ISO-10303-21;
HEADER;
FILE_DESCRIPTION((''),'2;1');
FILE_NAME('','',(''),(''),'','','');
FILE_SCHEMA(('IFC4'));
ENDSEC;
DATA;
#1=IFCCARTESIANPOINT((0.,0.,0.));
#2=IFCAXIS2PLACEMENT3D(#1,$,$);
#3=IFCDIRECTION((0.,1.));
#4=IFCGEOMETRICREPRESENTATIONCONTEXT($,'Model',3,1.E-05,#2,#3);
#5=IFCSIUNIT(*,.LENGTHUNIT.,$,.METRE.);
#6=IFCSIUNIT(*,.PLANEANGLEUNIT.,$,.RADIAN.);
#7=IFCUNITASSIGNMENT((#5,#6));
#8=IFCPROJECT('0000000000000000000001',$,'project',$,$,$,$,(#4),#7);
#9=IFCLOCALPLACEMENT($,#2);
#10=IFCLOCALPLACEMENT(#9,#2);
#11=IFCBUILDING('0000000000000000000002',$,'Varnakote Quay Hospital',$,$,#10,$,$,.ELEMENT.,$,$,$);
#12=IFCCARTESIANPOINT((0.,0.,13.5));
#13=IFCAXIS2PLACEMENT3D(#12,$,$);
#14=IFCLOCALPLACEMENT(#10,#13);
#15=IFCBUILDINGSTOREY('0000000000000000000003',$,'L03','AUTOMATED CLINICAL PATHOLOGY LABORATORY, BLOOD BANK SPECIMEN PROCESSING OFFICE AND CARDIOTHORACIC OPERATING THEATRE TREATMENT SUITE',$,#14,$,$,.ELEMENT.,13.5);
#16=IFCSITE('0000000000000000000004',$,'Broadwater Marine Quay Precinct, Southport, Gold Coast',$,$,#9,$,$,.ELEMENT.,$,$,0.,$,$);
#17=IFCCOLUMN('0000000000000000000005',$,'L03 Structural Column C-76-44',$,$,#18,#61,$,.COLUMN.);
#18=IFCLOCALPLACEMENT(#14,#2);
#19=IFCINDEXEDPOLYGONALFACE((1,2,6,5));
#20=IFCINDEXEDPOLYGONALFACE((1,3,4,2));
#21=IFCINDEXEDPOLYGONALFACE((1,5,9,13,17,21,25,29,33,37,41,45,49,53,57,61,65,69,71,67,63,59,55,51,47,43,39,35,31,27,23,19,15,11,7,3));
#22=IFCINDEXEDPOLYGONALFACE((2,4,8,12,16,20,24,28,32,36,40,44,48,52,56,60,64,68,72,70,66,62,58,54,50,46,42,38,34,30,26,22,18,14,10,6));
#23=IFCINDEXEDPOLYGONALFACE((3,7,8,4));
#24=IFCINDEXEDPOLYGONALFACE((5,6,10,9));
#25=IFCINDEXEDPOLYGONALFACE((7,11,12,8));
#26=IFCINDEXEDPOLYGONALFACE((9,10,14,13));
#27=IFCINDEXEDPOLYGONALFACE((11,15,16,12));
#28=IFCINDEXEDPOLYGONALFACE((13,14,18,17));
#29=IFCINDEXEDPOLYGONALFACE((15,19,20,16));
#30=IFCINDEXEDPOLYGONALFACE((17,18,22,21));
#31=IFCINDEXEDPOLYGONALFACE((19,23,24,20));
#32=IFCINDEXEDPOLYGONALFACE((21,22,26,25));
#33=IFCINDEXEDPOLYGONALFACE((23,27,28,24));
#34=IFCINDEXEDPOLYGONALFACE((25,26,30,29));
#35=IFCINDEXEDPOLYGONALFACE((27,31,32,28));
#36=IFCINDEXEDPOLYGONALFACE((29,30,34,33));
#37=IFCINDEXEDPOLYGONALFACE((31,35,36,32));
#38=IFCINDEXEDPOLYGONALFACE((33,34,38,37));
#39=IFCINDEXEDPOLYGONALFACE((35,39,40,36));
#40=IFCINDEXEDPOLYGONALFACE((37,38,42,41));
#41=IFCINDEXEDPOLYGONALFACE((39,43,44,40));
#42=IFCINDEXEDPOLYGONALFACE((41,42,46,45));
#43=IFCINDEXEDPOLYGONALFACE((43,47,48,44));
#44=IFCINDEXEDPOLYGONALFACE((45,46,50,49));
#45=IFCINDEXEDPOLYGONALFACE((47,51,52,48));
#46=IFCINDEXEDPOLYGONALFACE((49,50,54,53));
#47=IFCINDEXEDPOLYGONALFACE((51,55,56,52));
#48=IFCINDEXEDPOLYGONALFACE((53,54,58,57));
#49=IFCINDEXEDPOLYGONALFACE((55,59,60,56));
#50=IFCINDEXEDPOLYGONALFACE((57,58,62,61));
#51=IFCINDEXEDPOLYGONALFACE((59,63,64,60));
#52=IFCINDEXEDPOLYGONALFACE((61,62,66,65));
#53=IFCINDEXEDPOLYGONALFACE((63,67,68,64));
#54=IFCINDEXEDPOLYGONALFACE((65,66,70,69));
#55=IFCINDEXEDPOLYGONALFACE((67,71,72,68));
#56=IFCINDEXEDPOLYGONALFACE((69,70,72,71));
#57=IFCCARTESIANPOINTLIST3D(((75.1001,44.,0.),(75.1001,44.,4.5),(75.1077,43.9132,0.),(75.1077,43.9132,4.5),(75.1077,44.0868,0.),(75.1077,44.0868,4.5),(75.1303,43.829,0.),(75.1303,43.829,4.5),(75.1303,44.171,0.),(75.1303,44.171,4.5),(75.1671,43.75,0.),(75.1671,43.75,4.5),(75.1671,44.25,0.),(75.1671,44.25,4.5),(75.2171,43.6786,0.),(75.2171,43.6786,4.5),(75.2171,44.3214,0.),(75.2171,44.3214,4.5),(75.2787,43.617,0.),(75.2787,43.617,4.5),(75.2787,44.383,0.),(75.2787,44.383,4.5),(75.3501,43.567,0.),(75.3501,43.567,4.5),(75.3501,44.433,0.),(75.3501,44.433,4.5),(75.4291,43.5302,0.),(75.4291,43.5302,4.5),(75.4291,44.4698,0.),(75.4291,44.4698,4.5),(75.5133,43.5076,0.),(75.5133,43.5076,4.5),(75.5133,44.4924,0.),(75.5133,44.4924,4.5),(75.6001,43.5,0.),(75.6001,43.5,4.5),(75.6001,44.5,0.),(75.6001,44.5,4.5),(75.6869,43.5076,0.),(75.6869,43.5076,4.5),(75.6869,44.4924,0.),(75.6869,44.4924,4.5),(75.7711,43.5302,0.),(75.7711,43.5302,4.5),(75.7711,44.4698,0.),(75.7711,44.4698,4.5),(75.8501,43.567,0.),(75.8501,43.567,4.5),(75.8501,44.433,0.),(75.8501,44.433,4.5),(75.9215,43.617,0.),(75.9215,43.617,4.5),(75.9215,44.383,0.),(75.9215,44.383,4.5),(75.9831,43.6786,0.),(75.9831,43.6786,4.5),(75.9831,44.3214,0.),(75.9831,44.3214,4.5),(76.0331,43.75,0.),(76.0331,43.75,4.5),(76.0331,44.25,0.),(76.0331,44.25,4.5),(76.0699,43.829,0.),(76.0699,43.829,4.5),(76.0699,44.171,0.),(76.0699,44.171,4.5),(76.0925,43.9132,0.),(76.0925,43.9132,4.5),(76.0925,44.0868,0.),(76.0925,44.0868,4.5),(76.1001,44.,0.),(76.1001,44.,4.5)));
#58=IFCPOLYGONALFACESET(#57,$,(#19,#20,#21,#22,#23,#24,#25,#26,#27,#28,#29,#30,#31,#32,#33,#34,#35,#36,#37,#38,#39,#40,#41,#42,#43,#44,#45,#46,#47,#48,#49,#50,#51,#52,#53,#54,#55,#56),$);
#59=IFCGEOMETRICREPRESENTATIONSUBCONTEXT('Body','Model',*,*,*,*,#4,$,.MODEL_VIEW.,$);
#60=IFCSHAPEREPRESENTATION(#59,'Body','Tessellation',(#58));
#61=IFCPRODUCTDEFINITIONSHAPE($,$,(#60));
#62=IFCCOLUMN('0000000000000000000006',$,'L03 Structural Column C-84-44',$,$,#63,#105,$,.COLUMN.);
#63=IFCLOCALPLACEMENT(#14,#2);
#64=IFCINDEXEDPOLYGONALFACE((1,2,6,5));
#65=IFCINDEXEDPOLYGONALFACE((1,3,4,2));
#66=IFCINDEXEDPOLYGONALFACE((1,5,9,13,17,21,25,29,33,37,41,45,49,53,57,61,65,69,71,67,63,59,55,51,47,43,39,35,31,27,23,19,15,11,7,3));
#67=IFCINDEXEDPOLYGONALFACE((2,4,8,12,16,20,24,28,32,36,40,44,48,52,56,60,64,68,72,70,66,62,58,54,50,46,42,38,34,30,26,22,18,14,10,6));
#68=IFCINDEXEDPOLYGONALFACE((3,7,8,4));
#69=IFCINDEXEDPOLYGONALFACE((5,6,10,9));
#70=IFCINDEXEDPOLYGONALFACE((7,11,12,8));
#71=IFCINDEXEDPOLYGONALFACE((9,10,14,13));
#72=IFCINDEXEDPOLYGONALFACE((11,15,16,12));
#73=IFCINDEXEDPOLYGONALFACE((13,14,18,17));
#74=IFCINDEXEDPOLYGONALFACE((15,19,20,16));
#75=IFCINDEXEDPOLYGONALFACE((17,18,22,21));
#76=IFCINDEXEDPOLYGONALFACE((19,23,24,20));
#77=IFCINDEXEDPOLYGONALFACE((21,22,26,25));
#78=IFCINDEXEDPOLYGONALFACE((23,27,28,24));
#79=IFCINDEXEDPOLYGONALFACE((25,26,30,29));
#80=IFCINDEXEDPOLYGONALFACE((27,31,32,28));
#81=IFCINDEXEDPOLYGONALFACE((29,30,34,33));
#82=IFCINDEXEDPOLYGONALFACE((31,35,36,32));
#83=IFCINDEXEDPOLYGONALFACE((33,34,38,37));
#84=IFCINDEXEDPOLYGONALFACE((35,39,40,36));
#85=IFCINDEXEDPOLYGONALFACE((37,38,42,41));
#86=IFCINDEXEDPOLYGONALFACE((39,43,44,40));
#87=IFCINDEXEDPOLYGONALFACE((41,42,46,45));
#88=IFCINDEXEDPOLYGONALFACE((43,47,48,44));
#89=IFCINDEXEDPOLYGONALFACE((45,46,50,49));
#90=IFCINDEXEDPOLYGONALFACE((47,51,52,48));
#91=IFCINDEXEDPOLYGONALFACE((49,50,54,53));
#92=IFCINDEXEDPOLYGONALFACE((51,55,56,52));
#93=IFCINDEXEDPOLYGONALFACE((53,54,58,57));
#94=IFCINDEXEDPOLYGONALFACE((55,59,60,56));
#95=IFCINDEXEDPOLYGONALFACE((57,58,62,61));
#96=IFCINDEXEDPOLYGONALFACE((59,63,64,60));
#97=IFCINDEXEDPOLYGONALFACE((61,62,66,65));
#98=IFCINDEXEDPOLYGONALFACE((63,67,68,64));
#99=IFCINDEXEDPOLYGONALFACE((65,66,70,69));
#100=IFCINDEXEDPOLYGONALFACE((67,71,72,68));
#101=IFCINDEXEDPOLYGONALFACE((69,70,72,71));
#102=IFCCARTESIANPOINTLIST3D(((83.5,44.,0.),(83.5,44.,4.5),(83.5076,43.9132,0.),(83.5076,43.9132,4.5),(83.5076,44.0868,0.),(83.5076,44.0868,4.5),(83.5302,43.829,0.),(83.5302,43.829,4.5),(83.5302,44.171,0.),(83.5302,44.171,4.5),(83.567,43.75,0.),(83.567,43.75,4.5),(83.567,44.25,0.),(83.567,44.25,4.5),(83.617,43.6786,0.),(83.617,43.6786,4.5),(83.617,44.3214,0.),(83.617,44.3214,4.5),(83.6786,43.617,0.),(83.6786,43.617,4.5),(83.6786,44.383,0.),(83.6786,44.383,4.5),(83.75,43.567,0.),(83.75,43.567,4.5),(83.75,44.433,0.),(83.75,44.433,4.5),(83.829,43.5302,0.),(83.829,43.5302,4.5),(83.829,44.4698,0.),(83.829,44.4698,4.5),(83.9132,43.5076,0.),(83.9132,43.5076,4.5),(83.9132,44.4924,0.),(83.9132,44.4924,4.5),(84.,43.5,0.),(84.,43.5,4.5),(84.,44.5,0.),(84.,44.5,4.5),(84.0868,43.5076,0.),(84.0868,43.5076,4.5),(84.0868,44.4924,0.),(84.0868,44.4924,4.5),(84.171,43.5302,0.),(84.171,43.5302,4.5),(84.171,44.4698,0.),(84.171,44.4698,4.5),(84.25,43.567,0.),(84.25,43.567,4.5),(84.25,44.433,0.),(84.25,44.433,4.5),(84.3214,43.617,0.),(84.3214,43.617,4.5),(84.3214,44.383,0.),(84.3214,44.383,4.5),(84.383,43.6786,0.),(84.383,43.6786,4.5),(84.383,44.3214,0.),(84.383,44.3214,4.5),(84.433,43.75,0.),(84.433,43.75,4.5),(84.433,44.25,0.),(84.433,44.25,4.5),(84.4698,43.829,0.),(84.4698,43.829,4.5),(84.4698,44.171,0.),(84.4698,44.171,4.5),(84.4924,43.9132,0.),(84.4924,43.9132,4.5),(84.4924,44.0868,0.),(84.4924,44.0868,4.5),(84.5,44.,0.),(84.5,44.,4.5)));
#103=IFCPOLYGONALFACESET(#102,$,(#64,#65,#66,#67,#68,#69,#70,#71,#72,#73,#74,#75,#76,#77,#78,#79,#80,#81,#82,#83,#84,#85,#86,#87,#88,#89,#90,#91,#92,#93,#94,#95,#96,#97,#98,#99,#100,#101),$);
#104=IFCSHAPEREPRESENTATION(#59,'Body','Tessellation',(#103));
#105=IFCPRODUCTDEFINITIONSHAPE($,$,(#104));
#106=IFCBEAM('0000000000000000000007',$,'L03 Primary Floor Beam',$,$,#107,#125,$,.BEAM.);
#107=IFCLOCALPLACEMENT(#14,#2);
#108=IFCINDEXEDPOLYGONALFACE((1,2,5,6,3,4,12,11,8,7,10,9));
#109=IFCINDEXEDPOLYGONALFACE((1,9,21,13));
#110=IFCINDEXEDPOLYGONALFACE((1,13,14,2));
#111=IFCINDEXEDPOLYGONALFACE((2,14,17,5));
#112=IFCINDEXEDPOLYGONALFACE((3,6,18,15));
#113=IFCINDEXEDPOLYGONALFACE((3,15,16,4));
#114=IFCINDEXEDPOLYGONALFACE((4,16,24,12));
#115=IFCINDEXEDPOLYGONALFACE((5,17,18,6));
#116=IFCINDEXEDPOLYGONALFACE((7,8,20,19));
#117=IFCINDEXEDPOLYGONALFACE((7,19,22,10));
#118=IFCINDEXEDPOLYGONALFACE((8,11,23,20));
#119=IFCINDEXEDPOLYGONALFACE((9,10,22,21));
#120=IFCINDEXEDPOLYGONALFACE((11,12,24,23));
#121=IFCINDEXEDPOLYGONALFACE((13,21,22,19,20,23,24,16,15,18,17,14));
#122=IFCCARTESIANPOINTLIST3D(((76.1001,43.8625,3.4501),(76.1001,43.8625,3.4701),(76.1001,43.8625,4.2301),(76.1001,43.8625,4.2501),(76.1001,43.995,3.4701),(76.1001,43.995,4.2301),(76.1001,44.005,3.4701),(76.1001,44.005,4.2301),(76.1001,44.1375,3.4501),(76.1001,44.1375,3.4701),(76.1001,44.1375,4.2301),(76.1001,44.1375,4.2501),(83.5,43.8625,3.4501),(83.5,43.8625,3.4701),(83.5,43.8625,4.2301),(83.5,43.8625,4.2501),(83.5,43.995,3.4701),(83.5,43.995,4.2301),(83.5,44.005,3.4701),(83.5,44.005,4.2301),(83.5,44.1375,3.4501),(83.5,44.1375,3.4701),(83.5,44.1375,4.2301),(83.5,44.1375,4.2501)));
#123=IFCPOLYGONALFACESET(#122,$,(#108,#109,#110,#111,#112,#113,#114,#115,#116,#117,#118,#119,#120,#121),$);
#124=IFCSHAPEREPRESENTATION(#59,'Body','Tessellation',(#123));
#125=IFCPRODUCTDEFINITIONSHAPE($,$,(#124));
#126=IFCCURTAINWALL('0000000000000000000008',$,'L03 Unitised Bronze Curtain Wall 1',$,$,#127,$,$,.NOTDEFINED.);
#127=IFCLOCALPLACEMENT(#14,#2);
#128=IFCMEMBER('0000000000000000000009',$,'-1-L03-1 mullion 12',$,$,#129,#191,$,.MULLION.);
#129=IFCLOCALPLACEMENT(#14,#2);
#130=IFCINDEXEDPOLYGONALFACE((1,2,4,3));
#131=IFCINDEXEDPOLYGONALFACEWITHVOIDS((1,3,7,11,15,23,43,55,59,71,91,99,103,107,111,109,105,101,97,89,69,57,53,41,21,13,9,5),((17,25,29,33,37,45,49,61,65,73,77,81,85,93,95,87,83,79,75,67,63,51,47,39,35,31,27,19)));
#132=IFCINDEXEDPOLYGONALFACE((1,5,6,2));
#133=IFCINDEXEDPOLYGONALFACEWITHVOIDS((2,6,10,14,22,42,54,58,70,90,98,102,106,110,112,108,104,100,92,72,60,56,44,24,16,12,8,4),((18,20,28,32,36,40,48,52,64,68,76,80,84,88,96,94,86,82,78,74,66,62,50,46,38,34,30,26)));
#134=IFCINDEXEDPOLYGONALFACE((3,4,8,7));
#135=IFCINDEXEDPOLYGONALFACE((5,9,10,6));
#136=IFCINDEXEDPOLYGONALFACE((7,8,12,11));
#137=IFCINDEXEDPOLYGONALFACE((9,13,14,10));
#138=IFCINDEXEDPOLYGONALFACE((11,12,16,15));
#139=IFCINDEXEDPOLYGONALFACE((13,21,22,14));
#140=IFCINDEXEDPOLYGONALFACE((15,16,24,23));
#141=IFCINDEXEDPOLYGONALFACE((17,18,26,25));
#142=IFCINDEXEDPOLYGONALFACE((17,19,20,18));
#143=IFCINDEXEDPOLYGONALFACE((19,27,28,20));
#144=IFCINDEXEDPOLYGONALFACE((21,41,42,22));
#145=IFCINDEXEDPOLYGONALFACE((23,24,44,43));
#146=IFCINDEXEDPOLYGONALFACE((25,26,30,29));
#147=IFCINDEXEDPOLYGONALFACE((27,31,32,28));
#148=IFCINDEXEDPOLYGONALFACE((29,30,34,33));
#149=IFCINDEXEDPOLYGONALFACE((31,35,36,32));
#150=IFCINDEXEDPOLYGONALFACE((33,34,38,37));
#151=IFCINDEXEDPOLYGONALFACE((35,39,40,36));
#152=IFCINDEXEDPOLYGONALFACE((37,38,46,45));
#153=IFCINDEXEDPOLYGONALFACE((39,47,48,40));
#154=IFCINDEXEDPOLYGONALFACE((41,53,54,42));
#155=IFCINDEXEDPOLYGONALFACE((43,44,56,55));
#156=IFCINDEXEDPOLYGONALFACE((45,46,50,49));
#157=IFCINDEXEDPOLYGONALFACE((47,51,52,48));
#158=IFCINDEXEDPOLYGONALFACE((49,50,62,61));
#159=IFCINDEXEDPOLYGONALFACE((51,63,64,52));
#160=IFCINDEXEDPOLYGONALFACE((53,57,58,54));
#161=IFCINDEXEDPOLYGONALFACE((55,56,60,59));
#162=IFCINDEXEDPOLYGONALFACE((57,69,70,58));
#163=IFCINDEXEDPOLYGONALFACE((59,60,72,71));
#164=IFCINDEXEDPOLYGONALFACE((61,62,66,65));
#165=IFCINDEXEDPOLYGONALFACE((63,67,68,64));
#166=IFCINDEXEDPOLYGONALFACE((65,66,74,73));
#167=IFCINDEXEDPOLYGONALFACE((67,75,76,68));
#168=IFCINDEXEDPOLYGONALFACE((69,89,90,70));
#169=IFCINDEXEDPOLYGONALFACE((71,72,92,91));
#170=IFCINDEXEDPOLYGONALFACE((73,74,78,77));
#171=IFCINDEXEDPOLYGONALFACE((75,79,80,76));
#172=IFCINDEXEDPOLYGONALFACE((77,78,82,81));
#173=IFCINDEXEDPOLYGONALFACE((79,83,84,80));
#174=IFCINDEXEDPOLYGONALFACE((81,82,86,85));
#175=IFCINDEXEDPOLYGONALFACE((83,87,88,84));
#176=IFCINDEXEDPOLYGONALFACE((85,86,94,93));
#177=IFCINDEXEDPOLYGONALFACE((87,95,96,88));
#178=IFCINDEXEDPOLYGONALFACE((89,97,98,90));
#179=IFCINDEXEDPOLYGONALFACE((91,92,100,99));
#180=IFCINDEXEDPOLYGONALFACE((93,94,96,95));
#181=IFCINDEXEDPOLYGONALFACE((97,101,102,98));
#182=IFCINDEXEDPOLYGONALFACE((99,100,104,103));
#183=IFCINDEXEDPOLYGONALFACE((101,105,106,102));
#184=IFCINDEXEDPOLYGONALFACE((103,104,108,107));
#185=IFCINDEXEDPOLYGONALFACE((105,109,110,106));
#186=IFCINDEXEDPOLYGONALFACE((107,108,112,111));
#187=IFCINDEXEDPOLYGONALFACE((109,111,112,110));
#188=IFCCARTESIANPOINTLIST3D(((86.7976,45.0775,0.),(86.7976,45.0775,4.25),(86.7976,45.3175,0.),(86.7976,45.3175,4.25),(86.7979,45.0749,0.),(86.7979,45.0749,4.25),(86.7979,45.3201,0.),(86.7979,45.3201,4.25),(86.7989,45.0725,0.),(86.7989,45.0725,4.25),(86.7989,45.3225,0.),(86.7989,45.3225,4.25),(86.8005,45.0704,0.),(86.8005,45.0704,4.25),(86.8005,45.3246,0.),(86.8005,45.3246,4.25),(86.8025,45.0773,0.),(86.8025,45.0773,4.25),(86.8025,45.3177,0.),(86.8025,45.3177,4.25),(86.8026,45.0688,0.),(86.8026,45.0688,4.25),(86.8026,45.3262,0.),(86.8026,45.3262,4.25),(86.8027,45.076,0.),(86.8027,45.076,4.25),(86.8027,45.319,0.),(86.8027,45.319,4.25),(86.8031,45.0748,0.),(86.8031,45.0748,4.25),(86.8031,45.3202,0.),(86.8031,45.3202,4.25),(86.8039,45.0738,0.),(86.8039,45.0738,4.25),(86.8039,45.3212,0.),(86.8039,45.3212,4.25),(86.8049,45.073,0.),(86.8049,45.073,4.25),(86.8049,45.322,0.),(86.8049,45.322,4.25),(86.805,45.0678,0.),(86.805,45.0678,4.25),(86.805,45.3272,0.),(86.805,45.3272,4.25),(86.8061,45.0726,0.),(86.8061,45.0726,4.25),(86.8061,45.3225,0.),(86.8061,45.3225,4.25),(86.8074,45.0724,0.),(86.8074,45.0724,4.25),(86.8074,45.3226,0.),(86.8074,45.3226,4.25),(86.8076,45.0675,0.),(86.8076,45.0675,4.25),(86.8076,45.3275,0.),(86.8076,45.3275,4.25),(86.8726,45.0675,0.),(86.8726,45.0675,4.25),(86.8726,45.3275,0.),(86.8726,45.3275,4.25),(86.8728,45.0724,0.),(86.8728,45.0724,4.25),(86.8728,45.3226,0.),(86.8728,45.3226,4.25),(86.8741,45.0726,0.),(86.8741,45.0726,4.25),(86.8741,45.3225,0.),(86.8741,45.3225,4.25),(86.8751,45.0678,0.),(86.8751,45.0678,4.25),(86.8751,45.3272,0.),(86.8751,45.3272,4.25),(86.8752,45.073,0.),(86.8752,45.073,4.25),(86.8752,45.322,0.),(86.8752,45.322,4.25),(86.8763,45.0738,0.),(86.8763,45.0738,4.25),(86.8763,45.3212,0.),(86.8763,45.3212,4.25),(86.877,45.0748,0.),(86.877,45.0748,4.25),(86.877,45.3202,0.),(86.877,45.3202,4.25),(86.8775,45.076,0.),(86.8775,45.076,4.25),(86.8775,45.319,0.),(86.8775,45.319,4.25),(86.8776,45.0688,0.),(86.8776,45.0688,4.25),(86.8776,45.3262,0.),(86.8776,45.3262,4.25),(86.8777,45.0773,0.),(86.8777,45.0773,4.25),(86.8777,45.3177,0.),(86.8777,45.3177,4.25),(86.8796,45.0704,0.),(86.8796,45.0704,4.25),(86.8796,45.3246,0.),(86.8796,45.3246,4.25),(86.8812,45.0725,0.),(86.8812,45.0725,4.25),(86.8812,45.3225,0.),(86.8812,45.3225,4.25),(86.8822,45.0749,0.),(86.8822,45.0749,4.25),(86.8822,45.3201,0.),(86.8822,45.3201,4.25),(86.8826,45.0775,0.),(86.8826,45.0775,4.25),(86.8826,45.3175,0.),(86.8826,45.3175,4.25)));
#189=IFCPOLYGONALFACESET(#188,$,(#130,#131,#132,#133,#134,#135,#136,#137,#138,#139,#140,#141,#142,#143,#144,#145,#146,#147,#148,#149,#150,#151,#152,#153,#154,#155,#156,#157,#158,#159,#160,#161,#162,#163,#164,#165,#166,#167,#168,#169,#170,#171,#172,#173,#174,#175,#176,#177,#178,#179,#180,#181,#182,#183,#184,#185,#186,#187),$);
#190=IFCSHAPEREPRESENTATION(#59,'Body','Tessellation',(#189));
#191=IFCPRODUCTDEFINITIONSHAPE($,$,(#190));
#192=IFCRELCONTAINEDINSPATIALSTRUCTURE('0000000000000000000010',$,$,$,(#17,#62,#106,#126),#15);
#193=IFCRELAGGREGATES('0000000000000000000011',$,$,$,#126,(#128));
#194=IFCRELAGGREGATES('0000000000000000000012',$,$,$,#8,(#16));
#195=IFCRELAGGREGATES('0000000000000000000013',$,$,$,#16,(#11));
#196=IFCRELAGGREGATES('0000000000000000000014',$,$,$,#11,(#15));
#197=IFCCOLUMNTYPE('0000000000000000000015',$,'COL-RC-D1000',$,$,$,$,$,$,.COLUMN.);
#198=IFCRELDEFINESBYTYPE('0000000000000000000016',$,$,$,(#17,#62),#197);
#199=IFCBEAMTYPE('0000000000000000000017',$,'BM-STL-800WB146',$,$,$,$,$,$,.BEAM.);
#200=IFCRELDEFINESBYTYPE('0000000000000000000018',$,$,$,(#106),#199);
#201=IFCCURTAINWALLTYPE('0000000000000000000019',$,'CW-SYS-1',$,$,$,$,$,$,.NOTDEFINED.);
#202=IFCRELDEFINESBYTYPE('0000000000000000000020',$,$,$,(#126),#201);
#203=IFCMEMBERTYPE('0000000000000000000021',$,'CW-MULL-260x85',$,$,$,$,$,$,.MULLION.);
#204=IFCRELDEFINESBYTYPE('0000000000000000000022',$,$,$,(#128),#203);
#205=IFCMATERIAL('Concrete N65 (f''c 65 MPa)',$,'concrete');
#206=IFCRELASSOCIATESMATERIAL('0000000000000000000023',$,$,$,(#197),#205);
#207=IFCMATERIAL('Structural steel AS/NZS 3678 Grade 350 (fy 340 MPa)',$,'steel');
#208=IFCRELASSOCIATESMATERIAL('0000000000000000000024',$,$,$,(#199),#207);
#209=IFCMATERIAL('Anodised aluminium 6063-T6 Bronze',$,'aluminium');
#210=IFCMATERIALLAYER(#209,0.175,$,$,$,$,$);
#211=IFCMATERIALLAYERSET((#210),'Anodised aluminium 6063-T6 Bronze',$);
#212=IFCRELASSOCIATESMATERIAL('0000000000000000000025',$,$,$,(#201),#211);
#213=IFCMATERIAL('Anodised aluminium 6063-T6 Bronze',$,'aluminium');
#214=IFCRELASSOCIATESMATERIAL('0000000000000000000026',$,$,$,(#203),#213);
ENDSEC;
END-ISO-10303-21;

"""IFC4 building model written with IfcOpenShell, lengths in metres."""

from ifc_helpers import new_model, si_unit, direction, frame, origin, origin_2d, place, context, subcontext, project, spatial, hollow_rectangle, circle, i_section, extrude, material, layer, layer_set, material_profile, profile_set, type_object, element, aggregate, save


model = new_model("IFC4")

# Units and contexts
model_context = context("Model", 3, precision=1e-05, world=origin(), true_north=direction((0.0, 1.0)))
body_context = subcontext(model_context, "Body", "Model", "MODEL_VIEW")
ifc_project = project(units=[si_unit("LENGTHUNIT", "METRE"), si_unit("PLANEANGLEUNIT", "RADIAN")], contexts=[model_context])

# Site, building, storey
site_placement = place(None, origin())
site = spatial("IfcSite", under=ifc_project, at=site_placement, Name="Broadwater Marine Quay Precinct, Southport, Gold Coast", CompositionType="ELEMENT", RefElevation=0.0)
building_placement = place(site_placement, origin())
building = spatial("IfcBuilding", under=site, at=building_placement, Name="Varnakote Quay Hospital", CompositionType="ELEMENT")
storey_placement = place(building_placement, frame((0.0, 0.0, 13.5)))
storey = spatial("IfcBuildingStorey", under=building, at=storey_placement, Name="L03", Description="AUTOMATED CLINICAL PATHOLOGY LABORATORY, BLOOD BANK SPECIMEN PROCESSING OFFICE AND CARDIOTHORACIC OPERATING THEATRE TREATMENT SUITE", CompositionType="ELEMENT", Elevation=13.5)

# Columns
ifc_material_1 = material(Name="Concrete N65 (f'c 65 MPa)", Category="concrete")
ifc_material_profile_1 = material_profile(ifc_material_1, circle(Radius=0.5, at=origin_2d()), Name="RC-COL-D1000")
ifc_profile_set_1 = profile_set([ifc_material_profile_1], Name="Concrete N65 (f'c 65 MPa)")
column_type = type_object("IfcColumnType", Name="COL-RC-D1000", PredefinedType="COLUMN", material=ifc_profile_set_1)
for number, where, z_axis, x_axis, name in (
    (1, (75.6001, 44.0, 0.0), (0.0, 0.0, 1.0), (1.0, 0.0, 0.0), "L03 Structural Column C-76-44"),
    (2, (84.0, 44.0, 0.0), (0.0, 0.0, 1.0), (1.0, 0.0, 0.0), "L03 Structural Column C-84-44"),
):
    element("IfcColumn", number, at=place(storey_placement, frame(where, z_axis=z_axis, x_axis=x_axis)), inside=storey, type_object=column_type, Name=name, PredefinedType="COLUMN", context=body_context, shape_type="SweptSolid", body=[
        extrude(circle(Radius=0.5, at=origin_2d()), origin(), (0.0, 0.0, 1.0), 4.5),
    ])

# Beam
ifc_material_2 = material(Name="Structural steel AS/NZS 3678 Grade 350 (fy 340 MPa)", Category="steel")
ifc_material_profile_2 = material_profile(ifc_material_2, i_section(OverallWidth=0.2749, OverallDepth=0.8, WebThickness=0.01, FlangeThickness=0.02, at=origin_2d()), Name="800WB146")
ifc_profile_set_2 = profile_set([ifc_material_profile_2], Name="Structural steel AS/NZS 3678 Grade 350 (fy 340 MPa)")
beam_type = type_object("IfcBeamType", Name="BM-STL-800WB146", PredefinedType="BEAM", material=ifc_profile_set_2)
beam_placement = place(storey_placement, frame((76.1001, 44.0, 3.8501), z_axis=(1.0, 0.0, 0.0), x_axis=(0.0, 1.0, 0.0)))
element("IfcBeam", 3, at=beam_placement, inside=storey, type_object=beam_type, Name="L03 Primary Floor Beam", PredefinedType="BEAM", context=body_context, shape_type="SweptSolid", body=[
    extrude(i_section(OverallWidth=0.2749, OverallDepth=0.8, WebThickness=0.01, FlangeThickness=0.02, at=origin_2d()), origin(), (0.0, 0.0, 1.0), 7.3999),
])

# Curtain wall, member
ifc_material_3 = material(Name="Anodised aluminium 6063-T6 Bronze", Category="aluminium")
ifc_layer_1 = layer(ifc_material_3, 0.175)
ifc_layer_set_1 = layer_set([ifc_layer_1], Name="Anodised aluminium 6063-T6 Bronze")
curtain_wall_type = type_object("IfcCurtainWallType", Name="CW-SYS-1", PredefinedType="NOTDEFINED", material=ifc_layer_set_1)
curtain_wall_1_placement = place(storey_placement, origin())
curtain_wall_1 = element("IfcCurtainWall", 4, at=curtain_wall_1_placement, inside=storey, type_object=curtain_wall_type, Name="L03 Unitised Bronze Curtain Wall 1", PredefinedType="NOTDEFINED")
ifc_material_4 = material(Name="Anodised aluminium 6063-T6 Bronze", Category="aluminium")
ifc_material_profile_3 = material_profile(ifc_material_4, hollow_rectangle(XDim=0.085, YDim=0.26, WallThickness=0.0049, InnerFilletRadius=0.0049, OuterFilletRadius=0.01, at=origin_2d()), Name="CW-MULL-260x85")
ifc_profile_set_3 = profile_set([ifc_material_profile_3], Name="Anodised aluminium 6063-T6 Bronze")
member_type_1 = type_object("IfcMemberType", Name="CW-MULL-260x85", PredefinedType="MULLION", material=ifc_profile_set_3)
member_1_placement = place(storey_placement, frame((86.8401, 45.1975, 0.0), z_axis=(0.0, 0.0, 1.0), x_axis=(-1.0, 0.0, 0.0)))
member_1 = element("IfcMember", 5, at=member_1_placement, type_object=member_type_1, Name="-1-L03-1 mullion 12", PredefinedType="MULLION", context=body_context, shape_type="SweptSolid", body=[
    extrude(hollow_rectangle(XDim=0.085, YDim=0.26, WallThickness=0.0049, InnerFilletRadius=0.0049, OuterFilletRadius=0.01, at=origin_2d()), origin(), (0.0, 0.0, 1.0), 4.25),
])

aggregate(curtain_wall_1, [member_1])

save(model, "model.ifc")
